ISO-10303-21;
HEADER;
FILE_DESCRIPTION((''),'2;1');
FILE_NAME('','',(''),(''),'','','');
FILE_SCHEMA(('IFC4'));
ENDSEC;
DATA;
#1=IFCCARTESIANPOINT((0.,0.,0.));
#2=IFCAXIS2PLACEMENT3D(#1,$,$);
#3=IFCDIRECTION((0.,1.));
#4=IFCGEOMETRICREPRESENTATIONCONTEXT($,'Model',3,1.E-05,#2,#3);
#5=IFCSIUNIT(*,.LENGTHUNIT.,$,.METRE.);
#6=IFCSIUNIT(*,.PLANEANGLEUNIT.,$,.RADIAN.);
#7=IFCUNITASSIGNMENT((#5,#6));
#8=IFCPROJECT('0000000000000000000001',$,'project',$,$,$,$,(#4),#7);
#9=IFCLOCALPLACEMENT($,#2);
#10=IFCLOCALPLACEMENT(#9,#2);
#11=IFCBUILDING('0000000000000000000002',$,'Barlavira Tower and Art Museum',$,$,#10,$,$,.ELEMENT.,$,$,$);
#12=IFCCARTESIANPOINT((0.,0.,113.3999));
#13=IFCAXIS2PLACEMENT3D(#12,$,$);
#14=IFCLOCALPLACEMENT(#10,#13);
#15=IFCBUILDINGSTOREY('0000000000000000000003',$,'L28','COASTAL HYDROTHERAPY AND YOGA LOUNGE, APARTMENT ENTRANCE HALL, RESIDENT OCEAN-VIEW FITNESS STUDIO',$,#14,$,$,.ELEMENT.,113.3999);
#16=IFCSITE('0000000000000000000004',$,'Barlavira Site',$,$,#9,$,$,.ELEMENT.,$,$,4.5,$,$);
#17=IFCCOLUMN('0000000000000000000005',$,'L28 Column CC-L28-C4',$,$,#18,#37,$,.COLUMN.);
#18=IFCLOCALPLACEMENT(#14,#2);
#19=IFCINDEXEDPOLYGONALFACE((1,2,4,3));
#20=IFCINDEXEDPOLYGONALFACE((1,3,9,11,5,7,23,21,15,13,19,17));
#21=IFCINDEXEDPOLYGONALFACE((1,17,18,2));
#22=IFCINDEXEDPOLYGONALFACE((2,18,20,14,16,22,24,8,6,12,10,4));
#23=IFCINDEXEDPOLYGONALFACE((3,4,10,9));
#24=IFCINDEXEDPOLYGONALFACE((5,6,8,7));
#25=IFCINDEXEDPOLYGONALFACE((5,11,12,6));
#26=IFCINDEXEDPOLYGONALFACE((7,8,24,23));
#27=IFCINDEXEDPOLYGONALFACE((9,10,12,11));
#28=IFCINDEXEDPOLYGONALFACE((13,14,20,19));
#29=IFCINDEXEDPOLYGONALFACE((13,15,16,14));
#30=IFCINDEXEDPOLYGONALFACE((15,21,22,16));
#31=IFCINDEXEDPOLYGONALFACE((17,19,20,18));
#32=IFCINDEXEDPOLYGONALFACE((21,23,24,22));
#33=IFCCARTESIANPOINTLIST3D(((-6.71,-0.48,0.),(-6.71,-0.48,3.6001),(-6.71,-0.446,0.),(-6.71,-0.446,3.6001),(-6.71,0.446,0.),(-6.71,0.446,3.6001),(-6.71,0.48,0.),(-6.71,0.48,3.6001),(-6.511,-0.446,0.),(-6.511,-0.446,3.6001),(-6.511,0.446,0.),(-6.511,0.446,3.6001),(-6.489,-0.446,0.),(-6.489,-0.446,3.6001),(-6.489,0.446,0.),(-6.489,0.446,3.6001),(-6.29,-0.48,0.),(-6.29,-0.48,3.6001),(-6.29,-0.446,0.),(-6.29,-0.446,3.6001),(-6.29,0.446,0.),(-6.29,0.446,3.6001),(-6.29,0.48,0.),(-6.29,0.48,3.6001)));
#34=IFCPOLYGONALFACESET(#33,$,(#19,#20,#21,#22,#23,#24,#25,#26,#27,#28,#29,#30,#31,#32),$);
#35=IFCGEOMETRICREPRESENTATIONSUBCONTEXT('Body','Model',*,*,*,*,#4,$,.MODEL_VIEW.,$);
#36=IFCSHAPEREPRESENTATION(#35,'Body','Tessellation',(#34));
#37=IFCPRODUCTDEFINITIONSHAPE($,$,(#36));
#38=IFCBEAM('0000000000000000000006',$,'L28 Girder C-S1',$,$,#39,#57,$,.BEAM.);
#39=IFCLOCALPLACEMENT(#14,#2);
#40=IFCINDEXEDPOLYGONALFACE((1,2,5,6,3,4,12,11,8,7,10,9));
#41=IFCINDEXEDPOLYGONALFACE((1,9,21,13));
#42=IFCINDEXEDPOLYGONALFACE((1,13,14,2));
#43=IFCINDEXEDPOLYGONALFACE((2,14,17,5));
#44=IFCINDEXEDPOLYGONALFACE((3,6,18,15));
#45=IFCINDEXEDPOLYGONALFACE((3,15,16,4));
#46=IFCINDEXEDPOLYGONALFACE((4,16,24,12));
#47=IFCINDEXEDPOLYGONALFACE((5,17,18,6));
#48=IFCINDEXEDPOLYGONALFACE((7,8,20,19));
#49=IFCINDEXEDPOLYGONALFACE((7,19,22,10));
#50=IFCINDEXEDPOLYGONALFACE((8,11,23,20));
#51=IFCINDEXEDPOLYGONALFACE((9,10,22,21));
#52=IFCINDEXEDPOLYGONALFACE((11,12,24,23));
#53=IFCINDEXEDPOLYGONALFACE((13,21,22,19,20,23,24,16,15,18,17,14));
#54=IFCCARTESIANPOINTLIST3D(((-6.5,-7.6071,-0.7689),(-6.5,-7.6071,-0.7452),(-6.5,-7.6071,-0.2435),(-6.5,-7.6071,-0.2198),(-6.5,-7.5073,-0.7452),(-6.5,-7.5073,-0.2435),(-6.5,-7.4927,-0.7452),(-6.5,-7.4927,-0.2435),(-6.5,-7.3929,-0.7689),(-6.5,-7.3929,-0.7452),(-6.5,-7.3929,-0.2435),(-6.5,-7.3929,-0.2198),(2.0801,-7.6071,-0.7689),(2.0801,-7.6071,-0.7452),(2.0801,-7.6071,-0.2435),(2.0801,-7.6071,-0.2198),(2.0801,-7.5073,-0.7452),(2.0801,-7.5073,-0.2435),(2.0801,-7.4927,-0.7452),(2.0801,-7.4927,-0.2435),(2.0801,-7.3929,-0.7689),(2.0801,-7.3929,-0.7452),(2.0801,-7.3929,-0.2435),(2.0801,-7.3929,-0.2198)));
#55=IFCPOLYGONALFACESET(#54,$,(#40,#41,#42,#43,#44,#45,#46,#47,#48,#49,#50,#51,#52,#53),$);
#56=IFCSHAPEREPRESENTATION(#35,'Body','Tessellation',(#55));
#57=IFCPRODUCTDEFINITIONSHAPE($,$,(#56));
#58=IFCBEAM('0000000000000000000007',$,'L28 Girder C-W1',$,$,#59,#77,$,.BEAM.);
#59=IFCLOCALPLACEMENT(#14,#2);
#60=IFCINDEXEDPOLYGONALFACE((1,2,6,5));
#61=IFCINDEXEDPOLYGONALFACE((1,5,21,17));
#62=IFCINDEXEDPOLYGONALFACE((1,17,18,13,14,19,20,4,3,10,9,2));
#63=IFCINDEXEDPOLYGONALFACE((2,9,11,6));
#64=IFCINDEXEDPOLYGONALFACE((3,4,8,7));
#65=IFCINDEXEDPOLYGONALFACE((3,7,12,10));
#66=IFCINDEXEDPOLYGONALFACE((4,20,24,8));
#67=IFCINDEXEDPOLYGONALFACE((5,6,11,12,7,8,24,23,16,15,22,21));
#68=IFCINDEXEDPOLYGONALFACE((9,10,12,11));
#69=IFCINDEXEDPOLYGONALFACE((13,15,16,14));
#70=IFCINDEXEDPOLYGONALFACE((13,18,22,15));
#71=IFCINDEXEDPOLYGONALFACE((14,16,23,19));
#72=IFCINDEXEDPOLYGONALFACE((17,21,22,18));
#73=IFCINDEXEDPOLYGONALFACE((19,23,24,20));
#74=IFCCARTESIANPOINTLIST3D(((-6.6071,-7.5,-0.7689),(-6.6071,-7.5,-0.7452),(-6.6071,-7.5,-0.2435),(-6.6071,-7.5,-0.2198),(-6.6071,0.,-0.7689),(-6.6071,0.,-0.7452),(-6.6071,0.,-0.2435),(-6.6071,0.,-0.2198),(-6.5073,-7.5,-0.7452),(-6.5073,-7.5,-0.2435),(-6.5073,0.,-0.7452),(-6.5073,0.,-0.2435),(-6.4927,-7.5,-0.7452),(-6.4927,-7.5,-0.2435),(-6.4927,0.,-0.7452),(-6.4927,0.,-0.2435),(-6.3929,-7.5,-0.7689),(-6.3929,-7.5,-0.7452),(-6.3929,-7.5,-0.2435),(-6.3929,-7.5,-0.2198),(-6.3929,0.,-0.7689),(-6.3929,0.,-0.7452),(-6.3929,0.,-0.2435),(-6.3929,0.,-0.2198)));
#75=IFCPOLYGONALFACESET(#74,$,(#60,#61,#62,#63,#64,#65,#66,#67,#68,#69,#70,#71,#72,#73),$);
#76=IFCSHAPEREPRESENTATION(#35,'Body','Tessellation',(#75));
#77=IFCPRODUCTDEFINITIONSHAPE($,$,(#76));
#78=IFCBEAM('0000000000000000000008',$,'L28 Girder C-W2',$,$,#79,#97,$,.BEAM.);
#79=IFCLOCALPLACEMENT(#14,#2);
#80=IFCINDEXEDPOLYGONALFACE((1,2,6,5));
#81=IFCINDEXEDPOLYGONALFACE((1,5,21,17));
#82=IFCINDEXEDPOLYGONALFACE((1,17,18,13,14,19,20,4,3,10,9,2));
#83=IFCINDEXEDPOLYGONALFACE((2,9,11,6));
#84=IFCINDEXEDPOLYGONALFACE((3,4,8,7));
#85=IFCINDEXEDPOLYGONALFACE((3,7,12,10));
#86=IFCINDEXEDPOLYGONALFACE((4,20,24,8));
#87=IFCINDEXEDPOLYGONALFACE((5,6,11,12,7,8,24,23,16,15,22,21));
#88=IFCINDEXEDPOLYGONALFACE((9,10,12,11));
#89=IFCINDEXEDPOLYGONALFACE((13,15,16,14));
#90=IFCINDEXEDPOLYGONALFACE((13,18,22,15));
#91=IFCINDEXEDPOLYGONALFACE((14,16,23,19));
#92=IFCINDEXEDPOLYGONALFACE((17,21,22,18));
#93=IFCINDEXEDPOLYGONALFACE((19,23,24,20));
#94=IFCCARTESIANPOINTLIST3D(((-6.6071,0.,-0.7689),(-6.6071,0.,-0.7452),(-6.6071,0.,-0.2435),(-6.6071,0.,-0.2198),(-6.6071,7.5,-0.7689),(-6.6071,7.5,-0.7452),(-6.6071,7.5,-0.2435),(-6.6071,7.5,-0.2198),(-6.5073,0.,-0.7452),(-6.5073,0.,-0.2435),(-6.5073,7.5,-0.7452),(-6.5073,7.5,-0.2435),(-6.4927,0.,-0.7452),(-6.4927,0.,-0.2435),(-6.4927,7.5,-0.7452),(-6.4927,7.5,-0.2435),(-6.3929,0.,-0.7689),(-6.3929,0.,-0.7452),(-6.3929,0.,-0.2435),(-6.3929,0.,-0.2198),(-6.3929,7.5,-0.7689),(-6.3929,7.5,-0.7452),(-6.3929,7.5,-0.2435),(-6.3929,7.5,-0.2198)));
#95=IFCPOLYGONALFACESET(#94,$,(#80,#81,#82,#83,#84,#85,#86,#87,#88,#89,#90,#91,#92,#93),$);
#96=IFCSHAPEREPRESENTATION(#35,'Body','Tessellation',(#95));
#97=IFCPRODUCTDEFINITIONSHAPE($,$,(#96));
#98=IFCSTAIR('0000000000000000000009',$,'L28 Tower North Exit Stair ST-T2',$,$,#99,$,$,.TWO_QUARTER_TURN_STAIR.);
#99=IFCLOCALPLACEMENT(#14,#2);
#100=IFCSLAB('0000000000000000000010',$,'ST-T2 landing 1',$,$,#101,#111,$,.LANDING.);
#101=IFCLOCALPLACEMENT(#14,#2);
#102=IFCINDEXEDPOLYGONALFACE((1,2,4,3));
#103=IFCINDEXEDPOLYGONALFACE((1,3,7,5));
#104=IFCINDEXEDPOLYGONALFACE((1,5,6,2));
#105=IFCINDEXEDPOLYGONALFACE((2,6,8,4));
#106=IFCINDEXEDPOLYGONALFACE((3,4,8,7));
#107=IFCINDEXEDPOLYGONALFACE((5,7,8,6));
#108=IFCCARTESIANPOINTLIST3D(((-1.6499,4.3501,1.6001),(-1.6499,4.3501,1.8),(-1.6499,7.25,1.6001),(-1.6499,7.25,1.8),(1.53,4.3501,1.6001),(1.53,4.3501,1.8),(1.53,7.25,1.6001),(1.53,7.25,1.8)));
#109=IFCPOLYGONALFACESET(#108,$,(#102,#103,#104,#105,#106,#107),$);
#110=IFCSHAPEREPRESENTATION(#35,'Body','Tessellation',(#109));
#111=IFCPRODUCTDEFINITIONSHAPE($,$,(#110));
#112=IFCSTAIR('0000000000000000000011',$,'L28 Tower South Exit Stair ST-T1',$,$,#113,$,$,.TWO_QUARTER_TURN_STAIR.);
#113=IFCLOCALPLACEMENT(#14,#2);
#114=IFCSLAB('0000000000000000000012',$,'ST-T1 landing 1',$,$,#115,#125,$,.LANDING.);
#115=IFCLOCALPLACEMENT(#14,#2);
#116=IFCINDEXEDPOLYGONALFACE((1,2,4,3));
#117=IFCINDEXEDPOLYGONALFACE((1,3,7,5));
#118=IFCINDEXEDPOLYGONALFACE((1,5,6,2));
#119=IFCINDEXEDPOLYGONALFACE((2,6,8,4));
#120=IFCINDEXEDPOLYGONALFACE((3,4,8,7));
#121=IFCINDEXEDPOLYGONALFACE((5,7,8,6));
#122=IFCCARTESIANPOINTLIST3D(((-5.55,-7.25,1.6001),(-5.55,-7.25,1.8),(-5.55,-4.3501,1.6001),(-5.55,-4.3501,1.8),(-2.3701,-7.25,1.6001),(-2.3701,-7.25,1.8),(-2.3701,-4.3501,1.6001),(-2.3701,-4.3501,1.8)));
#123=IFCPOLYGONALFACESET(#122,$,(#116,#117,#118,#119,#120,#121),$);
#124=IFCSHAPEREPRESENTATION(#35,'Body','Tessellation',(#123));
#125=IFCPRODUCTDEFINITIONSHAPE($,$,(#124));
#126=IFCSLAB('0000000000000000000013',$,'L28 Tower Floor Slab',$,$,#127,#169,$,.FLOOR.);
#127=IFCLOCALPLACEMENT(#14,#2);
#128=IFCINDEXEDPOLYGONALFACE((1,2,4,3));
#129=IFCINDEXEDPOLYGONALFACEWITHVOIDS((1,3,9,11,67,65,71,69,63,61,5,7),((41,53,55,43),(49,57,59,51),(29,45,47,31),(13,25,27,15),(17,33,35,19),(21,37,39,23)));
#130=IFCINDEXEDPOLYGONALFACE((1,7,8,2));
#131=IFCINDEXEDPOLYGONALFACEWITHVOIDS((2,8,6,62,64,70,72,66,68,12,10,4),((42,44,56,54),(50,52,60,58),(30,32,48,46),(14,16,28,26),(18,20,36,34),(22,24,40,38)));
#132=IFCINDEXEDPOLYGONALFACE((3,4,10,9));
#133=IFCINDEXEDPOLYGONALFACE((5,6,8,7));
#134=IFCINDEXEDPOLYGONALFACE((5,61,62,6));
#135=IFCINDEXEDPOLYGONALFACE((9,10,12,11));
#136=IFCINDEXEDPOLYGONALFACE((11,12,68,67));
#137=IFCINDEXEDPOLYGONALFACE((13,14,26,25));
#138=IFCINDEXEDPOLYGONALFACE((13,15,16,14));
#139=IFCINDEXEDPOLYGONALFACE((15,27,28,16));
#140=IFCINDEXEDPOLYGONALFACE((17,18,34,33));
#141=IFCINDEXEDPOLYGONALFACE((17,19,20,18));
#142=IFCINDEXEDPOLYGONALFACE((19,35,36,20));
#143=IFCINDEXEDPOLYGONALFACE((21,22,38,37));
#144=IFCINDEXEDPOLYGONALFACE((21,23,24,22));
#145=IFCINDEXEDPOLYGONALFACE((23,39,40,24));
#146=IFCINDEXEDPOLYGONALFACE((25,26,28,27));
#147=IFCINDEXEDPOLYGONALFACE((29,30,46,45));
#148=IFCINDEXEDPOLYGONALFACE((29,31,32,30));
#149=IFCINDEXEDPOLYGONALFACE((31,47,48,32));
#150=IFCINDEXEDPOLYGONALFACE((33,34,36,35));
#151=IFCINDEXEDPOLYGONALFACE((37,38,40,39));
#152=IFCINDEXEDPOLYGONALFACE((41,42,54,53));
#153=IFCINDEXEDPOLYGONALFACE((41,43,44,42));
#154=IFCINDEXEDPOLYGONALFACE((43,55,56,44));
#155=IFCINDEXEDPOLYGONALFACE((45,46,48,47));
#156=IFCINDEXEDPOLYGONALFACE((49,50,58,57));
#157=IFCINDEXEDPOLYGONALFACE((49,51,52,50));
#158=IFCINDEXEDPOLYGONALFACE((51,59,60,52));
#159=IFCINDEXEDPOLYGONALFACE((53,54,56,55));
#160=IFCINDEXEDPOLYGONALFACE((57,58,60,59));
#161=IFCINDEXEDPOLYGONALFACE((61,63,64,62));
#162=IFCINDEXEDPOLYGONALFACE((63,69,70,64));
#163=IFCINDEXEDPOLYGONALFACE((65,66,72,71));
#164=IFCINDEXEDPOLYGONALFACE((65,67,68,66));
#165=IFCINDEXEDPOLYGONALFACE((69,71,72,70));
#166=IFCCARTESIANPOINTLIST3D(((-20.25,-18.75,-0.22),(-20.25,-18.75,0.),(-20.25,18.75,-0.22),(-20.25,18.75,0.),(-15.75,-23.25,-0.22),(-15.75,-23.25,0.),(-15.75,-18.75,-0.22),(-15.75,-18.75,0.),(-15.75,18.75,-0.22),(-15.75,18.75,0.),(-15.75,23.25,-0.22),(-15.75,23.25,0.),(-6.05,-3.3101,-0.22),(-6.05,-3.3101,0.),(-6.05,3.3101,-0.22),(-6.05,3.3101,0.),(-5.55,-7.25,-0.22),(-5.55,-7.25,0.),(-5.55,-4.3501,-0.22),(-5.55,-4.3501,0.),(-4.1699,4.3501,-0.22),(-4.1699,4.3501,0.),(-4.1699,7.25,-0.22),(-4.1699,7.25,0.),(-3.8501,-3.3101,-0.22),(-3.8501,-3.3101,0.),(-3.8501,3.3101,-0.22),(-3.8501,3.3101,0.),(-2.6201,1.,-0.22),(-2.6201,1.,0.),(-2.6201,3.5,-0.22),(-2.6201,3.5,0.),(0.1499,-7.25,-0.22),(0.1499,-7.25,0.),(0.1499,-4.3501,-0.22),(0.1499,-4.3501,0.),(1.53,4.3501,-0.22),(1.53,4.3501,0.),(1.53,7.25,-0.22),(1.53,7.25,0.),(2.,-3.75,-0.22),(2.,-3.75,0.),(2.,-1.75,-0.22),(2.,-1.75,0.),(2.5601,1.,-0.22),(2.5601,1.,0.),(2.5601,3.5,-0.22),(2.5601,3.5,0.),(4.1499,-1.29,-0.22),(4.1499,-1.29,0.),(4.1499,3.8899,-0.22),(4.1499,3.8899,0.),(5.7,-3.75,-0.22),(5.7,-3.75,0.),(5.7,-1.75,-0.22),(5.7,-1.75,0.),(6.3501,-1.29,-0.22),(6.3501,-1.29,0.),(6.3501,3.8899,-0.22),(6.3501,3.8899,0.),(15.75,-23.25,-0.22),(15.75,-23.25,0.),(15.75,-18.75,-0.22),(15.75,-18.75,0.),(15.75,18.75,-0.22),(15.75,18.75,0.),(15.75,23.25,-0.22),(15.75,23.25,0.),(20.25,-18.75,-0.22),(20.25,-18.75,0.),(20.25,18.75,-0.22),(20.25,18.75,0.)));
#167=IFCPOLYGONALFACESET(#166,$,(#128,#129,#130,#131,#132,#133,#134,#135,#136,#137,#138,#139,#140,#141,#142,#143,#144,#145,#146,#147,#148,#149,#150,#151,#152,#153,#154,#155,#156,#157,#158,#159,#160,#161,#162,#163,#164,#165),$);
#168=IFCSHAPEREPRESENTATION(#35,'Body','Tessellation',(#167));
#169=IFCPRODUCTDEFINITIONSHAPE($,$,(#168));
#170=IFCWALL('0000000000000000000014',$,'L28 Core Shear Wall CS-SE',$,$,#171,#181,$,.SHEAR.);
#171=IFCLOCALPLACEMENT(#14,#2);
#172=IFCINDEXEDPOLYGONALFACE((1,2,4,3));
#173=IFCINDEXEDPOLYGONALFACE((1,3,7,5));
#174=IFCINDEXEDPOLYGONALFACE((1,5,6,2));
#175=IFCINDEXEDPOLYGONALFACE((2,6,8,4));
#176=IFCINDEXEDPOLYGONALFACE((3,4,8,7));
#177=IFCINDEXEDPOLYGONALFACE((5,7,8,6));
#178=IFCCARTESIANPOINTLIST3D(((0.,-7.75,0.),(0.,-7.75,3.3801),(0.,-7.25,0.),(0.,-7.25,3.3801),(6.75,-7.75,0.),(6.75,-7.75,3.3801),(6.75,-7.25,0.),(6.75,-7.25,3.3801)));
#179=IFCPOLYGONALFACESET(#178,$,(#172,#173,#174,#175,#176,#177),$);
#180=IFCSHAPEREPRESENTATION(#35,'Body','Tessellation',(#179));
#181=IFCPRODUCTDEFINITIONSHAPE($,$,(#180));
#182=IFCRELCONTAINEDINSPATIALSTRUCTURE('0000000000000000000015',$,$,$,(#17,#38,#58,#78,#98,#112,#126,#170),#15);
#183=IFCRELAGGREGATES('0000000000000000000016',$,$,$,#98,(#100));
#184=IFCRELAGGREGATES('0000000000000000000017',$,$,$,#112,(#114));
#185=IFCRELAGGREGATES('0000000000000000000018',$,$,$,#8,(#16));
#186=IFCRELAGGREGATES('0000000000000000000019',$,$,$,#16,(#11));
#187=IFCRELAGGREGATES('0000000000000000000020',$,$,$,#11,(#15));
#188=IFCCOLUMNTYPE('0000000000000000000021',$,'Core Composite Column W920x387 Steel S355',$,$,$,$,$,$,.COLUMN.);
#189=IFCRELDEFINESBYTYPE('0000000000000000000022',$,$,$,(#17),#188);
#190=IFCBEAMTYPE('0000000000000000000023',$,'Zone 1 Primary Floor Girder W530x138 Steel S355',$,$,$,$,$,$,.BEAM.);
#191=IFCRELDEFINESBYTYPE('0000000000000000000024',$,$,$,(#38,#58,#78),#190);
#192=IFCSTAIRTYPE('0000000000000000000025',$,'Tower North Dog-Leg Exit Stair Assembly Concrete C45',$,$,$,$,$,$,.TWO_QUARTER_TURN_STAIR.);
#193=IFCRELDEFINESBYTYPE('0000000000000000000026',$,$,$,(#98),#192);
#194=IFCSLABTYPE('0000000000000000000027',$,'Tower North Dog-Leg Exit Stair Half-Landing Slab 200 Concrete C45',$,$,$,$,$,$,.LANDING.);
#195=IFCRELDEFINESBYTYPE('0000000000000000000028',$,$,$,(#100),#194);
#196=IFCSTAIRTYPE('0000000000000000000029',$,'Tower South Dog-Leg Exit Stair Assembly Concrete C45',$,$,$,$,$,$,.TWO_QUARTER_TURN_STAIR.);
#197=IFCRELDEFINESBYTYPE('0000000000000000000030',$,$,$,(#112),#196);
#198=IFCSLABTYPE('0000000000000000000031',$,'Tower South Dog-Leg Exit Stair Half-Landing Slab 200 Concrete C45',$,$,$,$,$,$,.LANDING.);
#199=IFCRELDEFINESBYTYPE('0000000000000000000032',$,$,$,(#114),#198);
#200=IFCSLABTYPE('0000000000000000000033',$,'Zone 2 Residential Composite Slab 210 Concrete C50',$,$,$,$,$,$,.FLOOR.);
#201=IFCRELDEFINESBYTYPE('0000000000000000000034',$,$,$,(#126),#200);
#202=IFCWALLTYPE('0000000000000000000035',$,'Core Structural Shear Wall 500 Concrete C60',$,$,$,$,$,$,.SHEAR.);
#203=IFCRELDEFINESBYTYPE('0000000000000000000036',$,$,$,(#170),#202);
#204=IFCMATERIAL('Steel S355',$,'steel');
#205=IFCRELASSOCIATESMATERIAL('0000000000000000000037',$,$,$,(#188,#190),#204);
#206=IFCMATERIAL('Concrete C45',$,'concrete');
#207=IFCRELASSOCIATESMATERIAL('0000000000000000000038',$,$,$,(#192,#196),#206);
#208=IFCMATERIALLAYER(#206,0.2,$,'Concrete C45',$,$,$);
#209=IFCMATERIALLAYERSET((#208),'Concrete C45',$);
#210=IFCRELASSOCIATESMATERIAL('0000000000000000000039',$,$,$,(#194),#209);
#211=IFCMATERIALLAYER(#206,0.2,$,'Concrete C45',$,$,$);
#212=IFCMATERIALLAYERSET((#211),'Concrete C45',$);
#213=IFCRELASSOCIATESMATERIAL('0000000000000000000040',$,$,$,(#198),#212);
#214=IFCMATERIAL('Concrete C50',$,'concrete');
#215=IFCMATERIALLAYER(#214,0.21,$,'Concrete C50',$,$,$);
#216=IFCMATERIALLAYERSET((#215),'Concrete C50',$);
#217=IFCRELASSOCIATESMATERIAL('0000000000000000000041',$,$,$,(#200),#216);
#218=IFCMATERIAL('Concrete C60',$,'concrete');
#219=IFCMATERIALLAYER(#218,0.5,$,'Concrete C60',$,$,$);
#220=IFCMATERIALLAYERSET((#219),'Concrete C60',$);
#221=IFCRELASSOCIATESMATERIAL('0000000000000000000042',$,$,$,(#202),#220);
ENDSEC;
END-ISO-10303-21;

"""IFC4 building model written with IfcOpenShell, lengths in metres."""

from ifc_helpers import new_model, si_unit, direction, frame, frame_2d, origin, origin_2d, place, context, subcontext, project, spatial, polyline, rectangle, i_section, outline, extrude, material, layer, layer_set, material_profile, profile_set, type_object, element, aggregate, save


model = new_model("IFC4")

# Units and contexts
model_context = context("Model", 3, precision=1e-05, world=origin(), true_north=direction((0.0, 1.0)))
body_context = subcontext(model_context, "Body", "Model", "MODEL_VIEW")
ifc_project = project(units=[si_unit("LENGTHUNIT", "METRE"), si_unit("PLANEANGLEUNIT", "RADIAN")], contexts=[model_context])

# Site, building, storey
site_placement = place(None, origin())
site = spatial("IfcSite", under=ifc_project, at=site_placement, Name="Barlavira Site", CompositionType="ELEMENT", RefElevation=4.5)
building_placement = place(site_placement, origin())
building = spatial("IfcBuilding", under=site, at=building_placement, Name="Barlavira Tower and Art Museum", CompositionType="ELEMENT")
storey_placement = place(building_placement, frame((0.0, 0.0, 113.3999)))
storey = spatial("IfcBuildingStorey", under=building, at=storey_placement, Name="L28", Description="COASTAL HYDROTHERAPY AND YOGA LOUNGE, APARTMENT ENTRANCE HALL, RESIDENT OCEAN-VIEW FITNESS STUDIO", CompositionType="ELEMENT", Elevation=113.3999)

# Column
ifc_material_1 = material(Name="Steel S355", Category="steel")
ifc_material_profile_1 = material_profile(ifc_material_1, i_section(OverallWidth=0.4199, OverallDepth=0.96, WebThickness=0.022, FlangeThickness=0.0339, at=origin_2d()), Name="W920x387.0")
ifc_profile_set_1 = profile_set([ifc_material_profile_1], Name="Steel S355")
column_type = type_object("IfcColumnType", Name="Core Composite Column W920x387 Steel S355", PredefinedType="COLUMN", material=ifc_profile_set_1)
column_placement = place(storey_placement, frame((-6.5, 0.0, 0.0), z_axis=(0.0, 0.0, 1.0), x_axis=(1.0, 0.0, 0.0)))
element("IfcColumn", 1, at=column_placement, inside=storey, type_object=column_type, Name="L28 Column CC-L28-C4", PredefinedType="COLUMN", context=body_context, shape_type="SweptSolid", body=[
    extrude(i_section(OverallWidth=0.4199, OverallDepth=0.96, WebThickness=0.022, FlangeThickness=0.0339, at=origin_2d()), origin(), (0.0, 0.0, 1.0), 3.6001),
])

# Beams
ifc_material_profile_2 = material_profile(ifc_material_1, i_section(OverallWidth=0.2141, OverallDepth=0.5491, WebThickness=0.0146, FlangeThickness=0.0237, at=origin_2d()), Name="W530x138.0")
ifc_profile_set_2 = profile_set([ifc_material_profile_2], Name="Steel S355")
beam_type = type_object("IfcBeamType", Name="Zone 1 Primary Floor Girder W530x138 Steel S355", PredefinedType="BEAM", material=ifc_profile_set_2)
beam_placement = place(storey_placement, frame((-6.5, -7.5, -0.4944), z_axis=(1.0, 0.0, 0.0), x_axis=(0.0, 1.0, 0.0)))
element("IfcBeam", 2, at=beam_placement, inside=storey, type_object=beam_type, Name="L28 Girder C-S1", PredefinedType="BEAM", context=body_context, shape_type="SweptSolid", body=[
    extrude(i_section(OverallWidth=0.2141, OverallDepth=0.5491, WebThickness=0.0146, FlangeThickness=0.0237, at=origin_2d()), origin(), (0.0, 0.0, 1.0), 8.5801),
])
for number, where, z_axis, x_axis, name in (
    (3, (-6.5, -7.5, -0.4944), (0.0, 1.0, 0.0), (-1.0, 0.0, 0.0), "L28 Girder C-W1"),
    (4, (-6.5, 0.0, -0.4944), (0.0, 1.0, 0.0), (-1.0, 0.0, 0.0), "L28 Girder C-W2"),
):
    element("IfcBeam", number, at=place(storey_placement, frame(where, z_axis=z_axis, x_axis=x_axis)), inside=storey, type_object=beam_type, Name=name, PredefinedType="BEAM", context=body_context, shape_type="SweptSolid", body=[
        extrude(i_section(OverallWidth=0.2141, OverallDepth=0.5491, WebThickness=0.0146, FlangeThickness=0.0237, at=origin_2d()), origin(), (0.0, 0.0, 1.0), 7.5),
    ])

# Stairs, slabs
ifc_material_2 = material(Name="Concrete C45", Category="concrete")
stair_type_1 = type_object("IfcStairType", Name="Tower North Dog-Leg Exit Stair Assembly Concrete C45", PredefinedType="TWO_QUARTER_TURN_STAIR", material=ifc_material_2)
stair_1_placement = place(storey_placement, origin())
stair_1 = element("IfcStair", 5, at=stair_1_placement, inside=storey, type_object=stair_type_1, Name="L28 Tower North Exit Stair ST-T2", PredefinedType="TWO_QUARTER_TURN_STAIR")
ifc_layer_1 = layer(ifc_material_2, 0.2, Name="Concrete C45")
ifc_layer_set_1 = layer_set([ifc_layer_1], Name="Concrete C45")
slab_type_1 = type_object("IfcSlabType", Name="Tower North Dog-Leg Exit Stair Half-Landing Slab 200 Concrete C45", PredefinedType="LANDING", material=ifc_layer_set_1)
slab_1_placement = place(storey_placement, frame((0.0, 0.0, 1.6001)))
slab_1 = element("IfcSlab", 6, at=slab_1_placement, type_object=slab_type_1, Name="ST-T2 landing 1", PredefinedType="LANDING", context=body_context, shape_type="SweptSolid", body=[
    extrude(outline(polyline([(-1.6499, 4.3501), (1.53, 4.3501), (1.53, 7.25), (-1.6499, 7.25), (-1.6499, 4.3501)])), origin(), (0.0, 0.0, 1.0), 0.2),
])
aggregate(stair_1, [slab_1])
stair_type_2 = type_object("IfcStairType", Name="Tower South Dog-Leg Exit Stair Assembly Concrete C45", PredefinedType="TWO_QUARTER_TURN_STAIR", material=ifc_material_2)
stair_2_placement = place(storey_placement, origin())
stair_2 = element("IfcStair", 7, at=stair_2_placement, inside=storey, type_object=stair_type_2, Name="L28 Tower South Exit Stair ST-T1", PredefinedType="TWO_QUARTER_TURN_STAIR")
ifc_layer_2 = layer(ifc_material_2, 0.2, Name="Concrete C45")
ifc_layer_set_2 = layer_set([ifc_layer_2], Name="Concrete C45")
slab_type_2 = type_object("IfcSlabType", Name="Tower South Dog-Leg Exit Stair Half-Landing Slab 200 Concrete C45", PredefinedType="LANDING", material=ifc_layer_set_2)
slab_2_placement = place(storey_placement, frame((0.0, 0.0, 1.6001)))
slab_2 = element("IfcSlab", 8, at=slab_2_placement, type_object=slab_type_2, Name="ST-T1 landing 1", PredefinedType="LANDING", context=body_context, shape_type="SweptSolid", body=[
    extrude(outline(polyline([(-2.3701, -4.3501), (-5.55, -4.3501), (-5.55, -7.25), (-2.3701, -7.25), (-2.3701, -4.3501)])), origin(), (0.0, 0.0, 1.0), 0.2),
])

# Slab
ifc_material_3 = material(Name="Concrete C50", Category="concrete")
ifc_layer_3 = layer(ifc_material_3, 0.21, Name="Concrete C50")
ifc_layer_set_3 = layer_set([ifc_layer_3], Name="Concrete C50")
slab_type_3 = type_object("IfcSlabType", Name="Zone 2 Residential Composite Slab 210 Concrete C50", PredefinedType="FLOOR", material=ifc_layer_set_3)
slab_3_placement = place(storey_placement, frame((0.0, 0.0, -0.22)))
element("IfcSlab", 9, at=slab_3_placement, inside=storey, type_object=slab_type_3, Name="L28 Tower Floor Slab", PredefinedType="FLOOR", context=body_context, shape_type="SweptSolid", body=[
    extrude(outline(polyline([(-15.75, -23.25), (15.75, -23.25), (15.75, -18.75), (20.25, -18.75), (20.25, 18.75), (15.75, 18.75), (15.75, 23.25), (-15.75, 23.25), (-15.75, 18.75), (-20.25, 18.75), (-20.25, -18.75), (-15.75, -18.75), (-15.75, -23.25)]), holes=[polyline([(0.1499, -4.3501), (-5.55, -4.3501), (-5.55, -7.25), (0.1499, -7.25), (0.1499, -4.3501)]), polyline([(-4.1699, 4.3501), (1.53, 4.3501), (1.53, 7.25), (-4.1699, 7.25), (-4.1699, 4.3501)]), polyline([(-6.05, -3.3101), (-3.8501, -3.3101), (-3.8501, 3.3101), (-6.05, 3.3101), (-6.05, -3.3101)]), polyline([(4.1499, -1.29), (6.3501, -1.29), (6.3501, 3.8899), (4.1499, 3.8899), (4.1499, -1.29)]), polyline([(-2.6201, 1.0), (2.5601, 1.0), (2.5601, 3.5), (-2.6201, 3.5), (-2.6201, 1.0)]), polyline([(2.0, -3.75), (5.7, -3.75), (5.7, -1.75), (2.0, -1.75), (2.0, -3.75)])]), origin(), (0.0, 0.0, 1.0), 0.22),
])

# Wall
ifc_material_4 = material(Name="Concrete C60", Category="concrete")
ifc_layer_4 = layer(ifc_material_4, 0.5, Name="Concrete C60")
ifc_layer_set_4 = layer_set([ifc_layer_4], Name="Concrete C60")
wall_type_1 = type_object("IfcWallType", Name="Core Structural Shear Wall 500 Concrete C60", PredefinedType="SHEAR", material=ifc_layer_set_4)
wall_1_placement = place(storey_placement, frame((0.0, -7.5, 0.0), z_axis=(0.0, 0.0, 1.0), x_axis=(1.0, 0.0, 0.0)))
element("IfcWall", 10, at=wall_1_placement, inside=storey, type_object=wall_type_1, Name="L28 Core Shear Wall CS-SE", PredefinedType="SHEAR", context=body_context, shape_type="SweptSolid", body=[
    extrude(rectangle(XDim=6.75, YDim=0.5, at=frame_2d((3.375, 0.0))), origin(), (0.0, 0.0, 1.0), 3.3801),
])

aggregate(stair_2, [slab_2])

save(model, "model.ifc")
